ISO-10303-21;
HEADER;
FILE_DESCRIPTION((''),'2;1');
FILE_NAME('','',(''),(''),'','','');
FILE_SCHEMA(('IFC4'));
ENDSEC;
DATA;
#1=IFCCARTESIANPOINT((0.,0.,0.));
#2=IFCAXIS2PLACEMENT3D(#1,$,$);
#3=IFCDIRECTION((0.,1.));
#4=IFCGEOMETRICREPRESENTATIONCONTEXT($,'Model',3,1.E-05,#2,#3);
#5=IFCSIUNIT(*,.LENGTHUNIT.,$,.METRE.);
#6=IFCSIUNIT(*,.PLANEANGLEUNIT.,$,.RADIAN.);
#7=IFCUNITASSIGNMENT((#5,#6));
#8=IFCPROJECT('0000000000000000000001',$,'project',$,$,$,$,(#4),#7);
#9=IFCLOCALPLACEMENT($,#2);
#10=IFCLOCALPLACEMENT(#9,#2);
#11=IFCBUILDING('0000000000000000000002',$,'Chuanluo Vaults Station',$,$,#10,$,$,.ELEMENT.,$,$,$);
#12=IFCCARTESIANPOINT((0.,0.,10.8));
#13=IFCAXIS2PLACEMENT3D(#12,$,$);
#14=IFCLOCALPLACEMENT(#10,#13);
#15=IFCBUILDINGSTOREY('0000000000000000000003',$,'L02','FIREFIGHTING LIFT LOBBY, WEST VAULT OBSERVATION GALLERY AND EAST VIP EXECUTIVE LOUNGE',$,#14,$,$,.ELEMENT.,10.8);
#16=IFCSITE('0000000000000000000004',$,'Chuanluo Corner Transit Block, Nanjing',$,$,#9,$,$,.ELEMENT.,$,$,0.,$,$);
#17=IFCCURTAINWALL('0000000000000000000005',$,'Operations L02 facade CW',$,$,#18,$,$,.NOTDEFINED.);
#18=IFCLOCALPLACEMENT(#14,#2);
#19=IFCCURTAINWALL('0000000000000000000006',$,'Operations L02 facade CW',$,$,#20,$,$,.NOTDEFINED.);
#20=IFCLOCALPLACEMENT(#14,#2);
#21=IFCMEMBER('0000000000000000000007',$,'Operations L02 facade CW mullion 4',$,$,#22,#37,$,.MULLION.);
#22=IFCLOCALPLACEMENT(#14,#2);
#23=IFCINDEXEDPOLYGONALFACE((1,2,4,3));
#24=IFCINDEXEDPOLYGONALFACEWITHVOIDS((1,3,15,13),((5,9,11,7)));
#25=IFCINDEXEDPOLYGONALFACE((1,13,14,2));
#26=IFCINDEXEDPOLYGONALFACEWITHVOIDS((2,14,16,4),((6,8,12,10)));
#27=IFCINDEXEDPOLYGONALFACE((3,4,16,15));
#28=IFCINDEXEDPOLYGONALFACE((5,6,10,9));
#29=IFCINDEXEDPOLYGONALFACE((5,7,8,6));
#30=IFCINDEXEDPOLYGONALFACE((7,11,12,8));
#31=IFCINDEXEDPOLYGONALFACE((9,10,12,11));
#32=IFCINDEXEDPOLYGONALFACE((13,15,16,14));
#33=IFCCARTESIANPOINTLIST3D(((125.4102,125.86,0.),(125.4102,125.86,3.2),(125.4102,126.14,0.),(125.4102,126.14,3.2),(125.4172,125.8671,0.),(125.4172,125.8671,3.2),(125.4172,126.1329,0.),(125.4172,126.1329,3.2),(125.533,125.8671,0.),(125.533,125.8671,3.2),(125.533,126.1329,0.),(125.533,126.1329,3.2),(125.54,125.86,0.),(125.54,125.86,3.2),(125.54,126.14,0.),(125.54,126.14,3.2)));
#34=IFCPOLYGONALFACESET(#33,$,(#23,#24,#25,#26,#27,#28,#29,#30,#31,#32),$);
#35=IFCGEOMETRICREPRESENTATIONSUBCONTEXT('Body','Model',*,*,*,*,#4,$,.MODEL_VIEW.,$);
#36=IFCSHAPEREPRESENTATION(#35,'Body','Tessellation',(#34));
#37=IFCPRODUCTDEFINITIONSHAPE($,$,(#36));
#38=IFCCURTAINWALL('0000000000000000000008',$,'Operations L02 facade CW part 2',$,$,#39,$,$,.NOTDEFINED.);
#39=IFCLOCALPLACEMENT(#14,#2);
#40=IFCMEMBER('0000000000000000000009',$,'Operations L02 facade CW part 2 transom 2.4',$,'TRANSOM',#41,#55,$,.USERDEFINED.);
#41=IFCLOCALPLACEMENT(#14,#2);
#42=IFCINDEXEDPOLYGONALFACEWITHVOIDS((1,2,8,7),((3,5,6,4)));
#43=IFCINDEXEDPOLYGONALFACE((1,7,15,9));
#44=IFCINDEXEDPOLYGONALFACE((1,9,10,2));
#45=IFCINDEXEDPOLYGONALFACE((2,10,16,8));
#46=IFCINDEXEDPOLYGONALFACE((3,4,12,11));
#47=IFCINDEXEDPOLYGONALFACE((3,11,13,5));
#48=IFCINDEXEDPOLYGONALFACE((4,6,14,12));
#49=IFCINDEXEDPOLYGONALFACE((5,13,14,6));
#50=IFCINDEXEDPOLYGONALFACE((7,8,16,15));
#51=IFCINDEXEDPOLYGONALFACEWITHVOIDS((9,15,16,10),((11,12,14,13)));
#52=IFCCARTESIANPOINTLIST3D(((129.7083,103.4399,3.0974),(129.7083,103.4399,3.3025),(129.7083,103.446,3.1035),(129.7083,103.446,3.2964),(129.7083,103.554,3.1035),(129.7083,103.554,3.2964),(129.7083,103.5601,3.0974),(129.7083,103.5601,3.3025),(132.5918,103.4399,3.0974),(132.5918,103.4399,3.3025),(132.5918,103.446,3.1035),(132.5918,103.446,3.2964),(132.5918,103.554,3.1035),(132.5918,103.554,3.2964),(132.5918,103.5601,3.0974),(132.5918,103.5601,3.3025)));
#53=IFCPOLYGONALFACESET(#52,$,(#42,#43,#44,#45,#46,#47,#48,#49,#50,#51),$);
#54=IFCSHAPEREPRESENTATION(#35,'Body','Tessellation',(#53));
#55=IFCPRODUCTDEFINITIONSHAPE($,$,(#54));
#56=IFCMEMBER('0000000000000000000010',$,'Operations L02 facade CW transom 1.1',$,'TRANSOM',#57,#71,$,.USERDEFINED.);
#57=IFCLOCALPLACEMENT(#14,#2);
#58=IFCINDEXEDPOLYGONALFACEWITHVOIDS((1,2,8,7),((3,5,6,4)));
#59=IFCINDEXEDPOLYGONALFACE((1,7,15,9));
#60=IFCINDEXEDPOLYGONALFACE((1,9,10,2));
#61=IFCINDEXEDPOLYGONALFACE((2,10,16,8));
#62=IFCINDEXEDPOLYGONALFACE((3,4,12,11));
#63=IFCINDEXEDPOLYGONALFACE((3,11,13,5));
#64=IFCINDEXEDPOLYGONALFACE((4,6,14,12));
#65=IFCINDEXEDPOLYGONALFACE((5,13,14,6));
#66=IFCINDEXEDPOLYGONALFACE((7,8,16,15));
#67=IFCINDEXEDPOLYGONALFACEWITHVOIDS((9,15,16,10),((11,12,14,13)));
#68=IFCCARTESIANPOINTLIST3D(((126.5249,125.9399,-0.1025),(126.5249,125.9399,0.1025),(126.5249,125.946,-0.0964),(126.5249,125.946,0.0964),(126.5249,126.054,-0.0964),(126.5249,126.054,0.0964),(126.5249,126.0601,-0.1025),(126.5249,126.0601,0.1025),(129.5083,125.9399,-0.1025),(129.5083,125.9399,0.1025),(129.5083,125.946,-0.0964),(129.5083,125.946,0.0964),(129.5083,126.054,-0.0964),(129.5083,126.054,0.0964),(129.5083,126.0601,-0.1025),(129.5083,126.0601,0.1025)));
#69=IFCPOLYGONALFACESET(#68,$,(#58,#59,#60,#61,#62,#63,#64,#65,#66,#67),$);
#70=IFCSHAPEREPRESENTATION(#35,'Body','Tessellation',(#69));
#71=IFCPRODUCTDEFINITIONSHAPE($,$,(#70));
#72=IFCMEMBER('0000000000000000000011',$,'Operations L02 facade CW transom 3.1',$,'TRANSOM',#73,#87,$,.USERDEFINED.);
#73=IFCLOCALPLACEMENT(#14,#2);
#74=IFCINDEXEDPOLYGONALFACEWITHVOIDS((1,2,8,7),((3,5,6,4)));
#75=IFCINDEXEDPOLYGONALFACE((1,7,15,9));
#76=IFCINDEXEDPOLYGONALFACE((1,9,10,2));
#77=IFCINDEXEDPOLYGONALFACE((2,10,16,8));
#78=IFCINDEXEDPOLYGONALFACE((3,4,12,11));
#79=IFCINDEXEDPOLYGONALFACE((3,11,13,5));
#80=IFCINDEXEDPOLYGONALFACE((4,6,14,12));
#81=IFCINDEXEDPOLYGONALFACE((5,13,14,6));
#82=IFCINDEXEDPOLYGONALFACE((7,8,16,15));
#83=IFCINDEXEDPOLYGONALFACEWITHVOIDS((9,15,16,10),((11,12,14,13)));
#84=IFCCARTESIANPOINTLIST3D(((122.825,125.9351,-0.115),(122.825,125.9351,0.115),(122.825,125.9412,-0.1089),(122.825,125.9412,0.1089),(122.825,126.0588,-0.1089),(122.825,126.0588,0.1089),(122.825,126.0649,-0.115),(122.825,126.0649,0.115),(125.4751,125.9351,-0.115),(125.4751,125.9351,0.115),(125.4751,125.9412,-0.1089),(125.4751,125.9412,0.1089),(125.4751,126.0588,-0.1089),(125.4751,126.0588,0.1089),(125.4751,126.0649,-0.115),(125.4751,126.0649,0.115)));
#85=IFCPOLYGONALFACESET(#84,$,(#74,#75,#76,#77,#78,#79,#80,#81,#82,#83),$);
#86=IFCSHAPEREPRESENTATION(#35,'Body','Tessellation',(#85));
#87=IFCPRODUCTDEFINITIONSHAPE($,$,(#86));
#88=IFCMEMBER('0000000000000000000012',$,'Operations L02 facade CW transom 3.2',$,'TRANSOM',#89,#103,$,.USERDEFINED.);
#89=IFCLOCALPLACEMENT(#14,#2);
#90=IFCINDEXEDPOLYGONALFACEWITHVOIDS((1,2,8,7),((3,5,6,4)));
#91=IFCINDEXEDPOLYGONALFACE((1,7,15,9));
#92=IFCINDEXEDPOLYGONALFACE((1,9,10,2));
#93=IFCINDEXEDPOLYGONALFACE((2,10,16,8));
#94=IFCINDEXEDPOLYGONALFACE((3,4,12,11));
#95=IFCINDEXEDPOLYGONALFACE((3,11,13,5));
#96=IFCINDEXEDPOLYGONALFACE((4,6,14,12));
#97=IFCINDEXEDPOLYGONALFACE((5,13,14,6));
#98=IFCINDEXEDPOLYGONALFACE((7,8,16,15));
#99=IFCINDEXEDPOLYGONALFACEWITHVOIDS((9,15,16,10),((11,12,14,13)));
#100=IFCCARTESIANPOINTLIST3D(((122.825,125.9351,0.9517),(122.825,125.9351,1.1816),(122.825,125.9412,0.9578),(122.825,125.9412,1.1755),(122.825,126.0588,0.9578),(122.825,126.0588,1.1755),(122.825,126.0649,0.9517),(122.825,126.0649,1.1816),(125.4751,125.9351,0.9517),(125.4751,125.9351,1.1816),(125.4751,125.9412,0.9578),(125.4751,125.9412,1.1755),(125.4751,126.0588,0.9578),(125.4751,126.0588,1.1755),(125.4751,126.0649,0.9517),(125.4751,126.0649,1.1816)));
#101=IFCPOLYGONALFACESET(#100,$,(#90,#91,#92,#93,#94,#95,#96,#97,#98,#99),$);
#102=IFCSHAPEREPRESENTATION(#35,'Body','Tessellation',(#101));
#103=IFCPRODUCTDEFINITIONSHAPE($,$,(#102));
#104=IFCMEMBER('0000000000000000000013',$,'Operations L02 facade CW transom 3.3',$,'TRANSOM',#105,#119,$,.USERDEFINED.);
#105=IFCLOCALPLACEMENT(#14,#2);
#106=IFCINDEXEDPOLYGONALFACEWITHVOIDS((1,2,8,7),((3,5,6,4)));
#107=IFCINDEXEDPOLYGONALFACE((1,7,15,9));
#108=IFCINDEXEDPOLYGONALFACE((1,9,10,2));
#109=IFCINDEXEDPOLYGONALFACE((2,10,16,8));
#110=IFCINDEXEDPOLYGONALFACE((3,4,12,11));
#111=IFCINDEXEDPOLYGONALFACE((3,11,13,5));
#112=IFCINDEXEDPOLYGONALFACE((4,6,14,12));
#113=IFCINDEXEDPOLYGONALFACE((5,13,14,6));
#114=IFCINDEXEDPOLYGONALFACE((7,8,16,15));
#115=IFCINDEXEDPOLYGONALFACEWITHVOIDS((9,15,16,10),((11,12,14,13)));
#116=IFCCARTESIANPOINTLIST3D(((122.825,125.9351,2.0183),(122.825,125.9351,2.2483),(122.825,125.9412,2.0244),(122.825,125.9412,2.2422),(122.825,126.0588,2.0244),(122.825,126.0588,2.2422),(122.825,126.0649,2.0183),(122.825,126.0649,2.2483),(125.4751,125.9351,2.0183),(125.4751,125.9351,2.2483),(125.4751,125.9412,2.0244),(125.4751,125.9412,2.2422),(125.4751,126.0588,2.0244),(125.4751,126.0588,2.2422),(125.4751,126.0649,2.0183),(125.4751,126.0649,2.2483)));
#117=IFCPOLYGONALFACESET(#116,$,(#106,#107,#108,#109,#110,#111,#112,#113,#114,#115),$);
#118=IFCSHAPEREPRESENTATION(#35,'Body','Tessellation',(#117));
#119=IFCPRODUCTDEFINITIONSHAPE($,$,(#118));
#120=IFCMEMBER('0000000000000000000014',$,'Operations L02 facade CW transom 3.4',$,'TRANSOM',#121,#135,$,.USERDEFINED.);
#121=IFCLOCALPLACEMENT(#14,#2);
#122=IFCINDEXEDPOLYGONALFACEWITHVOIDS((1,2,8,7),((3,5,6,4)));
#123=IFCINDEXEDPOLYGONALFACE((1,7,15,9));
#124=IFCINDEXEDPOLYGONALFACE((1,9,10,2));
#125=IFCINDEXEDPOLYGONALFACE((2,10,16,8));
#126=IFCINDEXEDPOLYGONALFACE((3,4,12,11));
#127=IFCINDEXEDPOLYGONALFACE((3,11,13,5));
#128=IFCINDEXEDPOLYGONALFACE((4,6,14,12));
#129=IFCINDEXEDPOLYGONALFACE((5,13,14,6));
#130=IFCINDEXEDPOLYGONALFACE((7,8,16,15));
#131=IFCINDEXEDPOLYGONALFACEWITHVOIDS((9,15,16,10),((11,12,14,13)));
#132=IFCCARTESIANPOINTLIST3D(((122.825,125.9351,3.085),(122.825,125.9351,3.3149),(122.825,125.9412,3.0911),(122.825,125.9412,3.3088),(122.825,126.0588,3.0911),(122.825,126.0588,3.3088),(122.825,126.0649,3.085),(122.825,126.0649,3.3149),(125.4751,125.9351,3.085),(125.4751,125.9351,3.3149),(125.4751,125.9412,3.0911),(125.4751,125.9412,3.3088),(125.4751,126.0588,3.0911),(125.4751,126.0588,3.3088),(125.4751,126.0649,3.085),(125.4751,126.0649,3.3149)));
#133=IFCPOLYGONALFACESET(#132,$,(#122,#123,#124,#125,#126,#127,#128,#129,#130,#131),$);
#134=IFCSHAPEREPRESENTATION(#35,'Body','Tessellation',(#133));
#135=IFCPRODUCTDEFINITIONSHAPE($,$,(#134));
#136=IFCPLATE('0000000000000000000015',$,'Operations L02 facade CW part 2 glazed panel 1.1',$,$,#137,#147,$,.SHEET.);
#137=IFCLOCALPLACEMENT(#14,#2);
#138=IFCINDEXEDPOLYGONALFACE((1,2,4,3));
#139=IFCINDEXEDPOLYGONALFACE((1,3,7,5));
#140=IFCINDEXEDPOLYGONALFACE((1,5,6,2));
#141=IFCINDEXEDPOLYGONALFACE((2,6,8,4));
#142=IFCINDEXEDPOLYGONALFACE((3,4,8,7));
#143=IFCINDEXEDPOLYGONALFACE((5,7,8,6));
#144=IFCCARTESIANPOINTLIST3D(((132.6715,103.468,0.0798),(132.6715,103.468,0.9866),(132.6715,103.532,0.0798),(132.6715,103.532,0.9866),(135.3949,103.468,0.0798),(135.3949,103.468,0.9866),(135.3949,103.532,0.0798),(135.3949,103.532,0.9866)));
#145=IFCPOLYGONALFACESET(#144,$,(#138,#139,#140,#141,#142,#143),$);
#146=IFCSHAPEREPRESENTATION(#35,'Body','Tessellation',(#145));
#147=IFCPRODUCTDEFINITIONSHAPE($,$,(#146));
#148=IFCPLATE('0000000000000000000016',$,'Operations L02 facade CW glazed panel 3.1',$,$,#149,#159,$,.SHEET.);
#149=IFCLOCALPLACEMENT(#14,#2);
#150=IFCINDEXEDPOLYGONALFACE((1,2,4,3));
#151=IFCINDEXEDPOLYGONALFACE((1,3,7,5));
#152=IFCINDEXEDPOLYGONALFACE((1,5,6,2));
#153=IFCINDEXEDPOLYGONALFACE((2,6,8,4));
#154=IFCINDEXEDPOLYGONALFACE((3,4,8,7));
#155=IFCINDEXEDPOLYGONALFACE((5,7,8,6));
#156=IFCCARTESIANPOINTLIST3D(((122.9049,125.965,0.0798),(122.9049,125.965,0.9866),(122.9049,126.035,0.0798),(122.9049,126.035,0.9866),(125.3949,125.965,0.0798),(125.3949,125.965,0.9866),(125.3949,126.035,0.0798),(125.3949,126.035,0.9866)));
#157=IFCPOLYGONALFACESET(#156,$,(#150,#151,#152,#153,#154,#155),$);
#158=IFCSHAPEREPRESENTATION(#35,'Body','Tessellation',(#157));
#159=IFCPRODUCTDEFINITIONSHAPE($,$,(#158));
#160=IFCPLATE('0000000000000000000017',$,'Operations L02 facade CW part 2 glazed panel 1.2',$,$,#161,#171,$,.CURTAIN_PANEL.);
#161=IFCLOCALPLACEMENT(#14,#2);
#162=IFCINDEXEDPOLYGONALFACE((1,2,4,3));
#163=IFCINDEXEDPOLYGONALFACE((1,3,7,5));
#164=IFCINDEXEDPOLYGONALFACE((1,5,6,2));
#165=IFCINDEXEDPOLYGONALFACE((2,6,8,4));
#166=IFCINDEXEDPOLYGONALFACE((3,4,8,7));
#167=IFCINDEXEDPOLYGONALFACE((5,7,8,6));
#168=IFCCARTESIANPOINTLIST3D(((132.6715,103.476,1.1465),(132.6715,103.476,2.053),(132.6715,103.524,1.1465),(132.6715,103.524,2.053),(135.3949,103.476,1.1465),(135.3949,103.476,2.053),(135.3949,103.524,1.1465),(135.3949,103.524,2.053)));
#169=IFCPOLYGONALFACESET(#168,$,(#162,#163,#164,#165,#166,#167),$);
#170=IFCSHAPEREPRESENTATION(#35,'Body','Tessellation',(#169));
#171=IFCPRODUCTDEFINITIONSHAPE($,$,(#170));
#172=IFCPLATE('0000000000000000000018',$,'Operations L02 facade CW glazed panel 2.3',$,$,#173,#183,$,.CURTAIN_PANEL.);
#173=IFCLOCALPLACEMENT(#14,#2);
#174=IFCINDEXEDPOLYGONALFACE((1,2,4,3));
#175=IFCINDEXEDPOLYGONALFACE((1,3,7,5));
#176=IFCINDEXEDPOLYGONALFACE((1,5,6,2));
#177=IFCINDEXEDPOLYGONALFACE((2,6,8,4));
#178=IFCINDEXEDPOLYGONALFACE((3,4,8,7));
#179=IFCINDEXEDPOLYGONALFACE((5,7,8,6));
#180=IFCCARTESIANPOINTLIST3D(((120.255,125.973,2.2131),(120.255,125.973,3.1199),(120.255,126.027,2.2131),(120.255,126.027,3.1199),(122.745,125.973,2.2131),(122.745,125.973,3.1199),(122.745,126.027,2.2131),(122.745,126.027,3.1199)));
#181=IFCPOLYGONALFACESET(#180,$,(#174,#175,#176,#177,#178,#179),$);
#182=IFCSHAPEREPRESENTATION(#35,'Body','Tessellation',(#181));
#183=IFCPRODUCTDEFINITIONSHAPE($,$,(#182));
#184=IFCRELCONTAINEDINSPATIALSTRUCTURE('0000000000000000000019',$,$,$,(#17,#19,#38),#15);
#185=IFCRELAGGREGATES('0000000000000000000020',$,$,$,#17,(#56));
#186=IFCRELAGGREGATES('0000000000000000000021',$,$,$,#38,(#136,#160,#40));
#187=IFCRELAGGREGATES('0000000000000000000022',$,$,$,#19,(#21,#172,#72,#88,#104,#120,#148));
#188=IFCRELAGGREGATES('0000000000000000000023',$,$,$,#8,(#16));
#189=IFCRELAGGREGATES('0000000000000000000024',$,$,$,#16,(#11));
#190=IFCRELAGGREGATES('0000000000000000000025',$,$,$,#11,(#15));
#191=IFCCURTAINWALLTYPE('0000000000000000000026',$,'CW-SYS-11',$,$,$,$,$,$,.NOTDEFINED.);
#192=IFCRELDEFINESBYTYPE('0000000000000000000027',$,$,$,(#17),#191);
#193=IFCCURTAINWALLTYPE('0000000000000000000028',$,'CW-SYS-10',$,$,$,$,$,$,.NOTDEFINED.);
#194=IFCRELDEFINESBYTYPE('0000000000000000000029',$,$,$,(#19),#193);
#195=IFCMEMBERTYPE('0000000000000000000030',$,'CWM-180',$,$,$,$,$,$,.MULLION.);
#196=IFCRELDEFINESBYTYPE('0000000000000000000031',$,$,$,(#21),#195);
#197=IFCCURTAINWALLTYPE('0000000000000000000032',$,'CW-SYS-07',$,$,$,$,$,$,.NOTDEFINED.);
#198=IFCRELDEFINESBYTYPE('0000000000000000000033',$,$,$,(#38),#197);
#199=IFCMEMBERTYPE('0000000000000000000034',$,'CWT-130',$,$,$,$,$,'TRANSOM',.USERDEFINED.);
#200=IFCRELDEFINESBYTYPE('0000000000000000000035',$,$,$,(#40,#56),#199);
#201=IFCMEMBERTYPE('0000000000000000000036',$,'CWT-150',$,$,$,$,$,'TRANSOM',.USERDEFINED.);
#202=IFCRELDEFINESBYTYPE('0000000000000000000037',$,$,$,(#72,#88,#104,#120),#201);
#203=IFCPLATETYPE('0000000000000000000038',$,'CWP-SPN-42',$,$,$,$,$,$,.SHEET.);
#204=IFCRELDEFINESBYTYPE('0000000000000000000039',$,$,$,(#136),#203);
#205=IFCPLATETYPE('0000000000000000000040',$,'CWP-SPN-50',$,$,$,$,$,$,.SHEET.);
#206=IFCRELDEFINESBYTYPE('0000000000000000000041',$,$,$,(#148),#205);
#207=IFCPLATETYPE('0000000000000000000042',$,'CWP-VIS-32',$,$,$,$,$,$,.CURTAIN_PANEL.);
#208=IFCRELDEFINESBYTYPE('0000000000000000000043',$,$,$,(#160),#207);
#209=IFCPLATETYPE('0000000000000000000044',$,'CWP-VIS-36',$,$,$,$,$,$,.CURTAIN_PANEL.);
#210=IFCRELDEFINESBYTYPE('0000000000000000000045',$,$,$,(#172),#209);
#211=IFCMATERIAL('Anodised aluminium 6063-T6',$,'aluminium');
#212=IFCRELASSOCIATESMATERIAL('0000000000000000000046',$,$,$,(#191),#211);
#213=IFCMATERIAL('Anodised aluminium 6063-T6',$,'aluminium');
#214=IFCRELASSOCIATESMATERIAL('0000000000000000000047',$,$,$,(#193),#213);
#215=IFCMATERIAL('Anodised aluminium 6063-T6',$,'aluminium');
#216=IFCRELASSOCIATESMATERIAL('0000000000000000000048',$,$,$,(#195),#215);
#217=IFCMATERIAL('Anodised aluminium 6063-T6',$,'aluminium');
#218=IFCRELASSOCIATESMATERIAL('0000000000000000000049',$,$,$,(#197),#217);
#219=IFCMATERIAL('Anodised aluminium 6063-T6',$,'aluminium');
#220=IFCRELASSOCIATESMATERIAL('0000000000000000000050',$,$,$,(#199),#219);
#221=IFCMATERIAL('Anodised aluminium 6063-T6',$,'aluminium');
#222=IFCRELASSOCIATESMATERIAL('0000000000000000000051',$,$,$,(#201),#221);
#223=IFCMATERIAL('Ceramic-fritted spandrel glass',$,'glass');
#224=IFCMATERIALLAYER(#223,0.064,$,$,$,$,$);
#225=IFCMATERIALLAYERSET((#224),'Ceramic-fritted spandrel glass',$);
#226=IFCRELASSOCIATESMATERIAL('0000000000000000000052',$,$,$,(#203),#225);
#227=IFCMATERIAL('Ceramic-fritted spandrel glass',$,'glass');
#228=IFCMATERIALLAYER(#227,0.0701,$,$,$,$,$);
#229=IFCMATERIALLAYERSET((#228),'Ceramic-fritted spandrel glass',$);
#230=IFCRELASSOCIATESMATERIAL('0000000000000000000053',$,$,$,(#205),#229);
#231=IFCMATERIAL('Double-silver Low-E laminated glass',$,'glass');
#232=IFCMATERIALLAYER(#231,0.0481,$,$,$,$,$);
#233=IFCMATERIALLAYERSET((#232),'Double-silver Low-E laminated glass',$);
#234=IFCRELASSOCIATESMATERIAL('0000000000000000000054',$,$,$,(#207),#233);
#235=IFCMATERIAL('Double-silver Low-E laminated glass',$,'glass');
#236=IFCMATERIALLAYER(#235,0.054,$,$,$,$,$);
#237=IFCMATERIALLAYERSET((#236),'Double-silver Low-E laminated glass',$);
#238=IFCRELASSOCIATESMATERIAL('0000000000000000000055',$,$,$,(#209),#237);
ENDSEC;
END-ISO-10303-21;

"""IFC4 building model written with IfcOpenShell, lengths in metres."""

from ifc_helpers import new_model, si_unit, direction, frame, origin, origin_2d, place, context, subcontext, project, spatial, rectangle, hollow_rectangle, extrude, material, layer, layer_set, material_profile, profile_set, type_object, element, aggregate, save


model = new_model("IFC4")

# Units and contexts
model_context = context("Model", 3, precision=1e-05, world=origin(), true_north=direction((0.0, 1.0)))
body_context = subcontext(model_context, "Body", "Model", "MODEL_VIEW")
ifc_project = project(units=[si_unit("LENGTHUNIT", "METRE"), si_unit("PLANEANGLEUNIT", "RADIAN")], contexts=[model_context])

# Site, building, storey
site_placement = place(None, origin())
site = spatial("IfcSite", under=ifc_project, at=site_placement, Name="Chuanluo Corner Transit Block, Nanjing", CompositionType="ELEMENT", RefElevation=0.0)
building_placement = place(site_placement, origin())
building = spatial("IfcBuilding", under=site, at=building_placement, Name="Chuanluo Vaults Station", CompositionType="ELEMENT")
storey_placement = place(building_placement, frame((0.0, 0.0, 10.8)))
storey = spatial("IfcBuildingStorey", under=building, at=storey_placement, Name="L02", Description="FIREFIGHTING LIFT LOBBY, WEST VAULT OBSERVATION GALLERY AND EAST VIP EXECUTIVE LOUNGE", CompositionType="ELEMENT", Elevation=10.8)

# Curtain wall
ifc_material_1 = material(Name="Anodised aluminium 6063-T6", Category="aluminium")
curtain_wall_type_1 = type_object("IfcCurtainWallType", Name="CW-SYS-11", PredefinedType="NOTDEFINED", material=ifc_material_1)
curtain_wall_1_placement = place(storey_placement, origin())
curtain_wall_1 = element("IfcCurtainWall", 1, at=curtain_wall_1_placement, inside=storey, type_object=curtain_wall_type_1, Name="Operations L02 facade CW", PredefinedType="NOTDEFINED")

# Curtain wall, member
ifc_material_2 = material(Name="Anodised aluminium 6063-T6", Category="aluminium")
curtain_wall_type_2 = type_object("IfcCurtainWallType", Name="CW-SYS-10", PredefinedType="NOTDEFINED", material=ifc_material_2)
curtain_wall_2_placement = place(storey_placement, origin())
curtain_wall_2 = element("IfcCurtainWall", 2, at=curtain_wall_2_placement, inside=storey, type_object=curtain_wall_type_2, Name="Operations L02 facade CW", PredefinedType="NOTDEFINED")
ifc_material_3 = material(Name="Anodised aluminium 6063-T6", Category="aluminium")
ifc_material_profile_1 = material_profile(ifc_material_3, hollow_rectangle(XDim=0.1299, YDim=0.28, WallThickness=0.0071, at=origin_2d()))
ifc_profile_set_1 = profile_set([ifc_material_profile_1], Name="Anodised aluminium 6063-T6")
member_type_1 = type_object("IfcMemberType", Name="CWM-180", PredefinedType="MULLION", material=ifc_profile_set_1)
member_1_placement = place(storey_placement, frame((125.4751, 126.0, 0.0), z_axis=(0.0, 0.0, 1.0), x_axis=(1.0, 0.0, 0.0)))
member_1 = element("IfcMember", 3, at=member_1_placement, type_object=member_type_1, Name="Operations L02 facade CW mullion 4", PredefinedType="MULLION", context=body_context, shape_type="SweptSolid", body=[
    extrude(hollow_rectangle(XDim=0.1299, YDim=0.28, WallThickness=0.0071, at=origin_2d()), origin(), (0.0, 0.0, 1.0), 3.2),
])

# Curtain wall, member
ifc_material_4 = material(Name="Anodised aluminium 6063-T6", Category="aluminium")
curtain_wall_type_3 = type_object("IfcCurtainWallType", Name="CW-SYS-07", PredefinedType="NOTDEFINED", material=ifc_material_4)
curtain_wall_3_placement = place(storey_placement, origin())
curtain_wall_3 = element("IfcCurtainWall", 4, at=curtain_wall_3_placement, inside=storey, type_object=curtain_wall_type_3, Name="Operations L02 facade CW part 2", PredefinedType="NOTDEFINED")
ifc_material_5 = material(Name="Anodised aluminium 6063-T6", Category="aluminium")
ifc_material_profile_2 = material_profile(ifc_material_5, hollow_rectangle(XDim=0.1201, YDim=0.2051, WallThickness=0.0061, at=origin_2d()))
ifc_profile_set_2 = profile_set([ifc_material_profile_2], Name="Anodised aluminium 6063-T6")
member_type_2 = type_object("IfcMemberType", Name="CWT-130", ElementType="TRANSOM", PredefinedType="USERDEFINED", material=ifc_profile_set_2)
member_2_placement = place(storey_placement, frame((132.5918, 103.5, 3.2), z_axis=(-1.0, 0.0, 0.0), x_axis=(0.0, -1.0, 0.0)))
member_2 = element("IfcMember", 5, at=member_2_placement, type_object=member_type_2, Name="Operations L02 facade CW part 2 transom 2.4", ObjectType="TRANSOM", PredefinedType="USERDEFINED", context=body_context, shape_type="SweptSolid", body=[
    extrude(hollow_rectangle(XDim=0.1201, YDim=0.2051, WallThickness=0.0061, at=origin_2d()), origin(), (0.0, 0.0, 1.0), 2.8835),
])

# Members
member_3_placement = place(storey_placement, frame((126.5249, 126.0, 0.0), z_axis=(1.0, 0.0, 0.0), x_axis=(0.0, 1.0, 0.0)))
member_3 = element("IfcMember", 6, at=member_3_placement, type_object=member_type_2, Name="Operations L02 facade CW transom 1.1", ObjectType="TRANSOM", PredefinedType="USERDEFINED", context=body_context, shape_type="SweptSolid", body=[
    extrude(hollow_rectangle(XDim=0.1201, YDim=0.2051, WallThickness=0.0061, at=origin_2d()), origin(), (0.0, 0.0, 1.0), 2.9834),
])
aggregate(curtain_wall_1, [member_3])
ifc_material_6 = material(Name="Anodised aluminium 6063-T6", Category="aluminium")
ifc_material_profile_3 = material_profile(ifc_material_6, hollow_rectangle(XDim=0.1299, YDim=0.23, WallThickness=0.0061, at=origin_2d()))
ifc_profile_set_3 = profile_set([ifc_material_profile_3], Name="Anodised aluminium 6063-T6")
member_type_3 = type_object("IfcMemberType", Name="CWT-150", ElementType="TRANSOM", PredefinedType="USERDEFINED", material=ifc_profile_set_3)
member_4_placement = place(storey_placement, frame((122.825, 126.0, 0.0), z_axis=(1.0, 0.0, 0.0), x_axis=(0.0, 1.0, 0.0)))
member_4 = element("IfcMember", 7, at=member_4_placement, type_object=member_type_3, Name="Operations L02 facade CW transom 3.1", ObjectType="TRANSOM", PredefinedType="USERDEFINED", context=body_context, shape_type="SweptSolid", body=[
    extrude(hollow_rectangle(XDim=0.1299, YDim=0.23, WallThickness=0.0061, at=origin_2d()), origin(), (0.0, 0.0, 1.0), 2.6501),
])
member_5_placement = place(storey_placement, frame((122.825, 126.0, 1.0667), z_axis=(1.0, 0.0, 0.0), x_axis=(0.0, 1.0, 0.0)))
member_5 = element("IfcMember", 8, at=member_5_placement, type_object=member_type_3, Name="Operations L02 facade CW transom 3.2", ObjectType="TRANSOM", PredefinedType="USERDEFINED", context=body_context, shape_type="SweptSolid", body=[
    extrude(hollow_rectangle(XDim=0.1299, YDim=0.23, WallThickness=0.0061, at=origin_2d()), origin(), (0.0, 0.0, 1.0), 2.6501),
])
member_6_placement = place(storey_placement, frame((122.825, 126.0, 2.1333), z_axis=(1.0, 0.0, 0.0), x_axis=(0.0, 1.0, 0.0)))
member_6 = element("IfcMember", 9, at=member_6_placement, type_object=member_type_3, Name="Operations L02 facade CW transom 3.3", ObjectType="TRANSOM", PredefinedType="USERDEFINED", context=body_context, shape_type="SweptSolid", body=[
    extrude(hollow_rectangle(XDim=0.1299, YDim=0.23, WallThickness=0.0061, at=origin_2d()), origin(), (0.0, 0.0, 1.0), 2.6501),
])
member_7_placement = place(storey_placement, frame((122.825, 126.0, 3.2), z_axis=(1.0, 0.0, 0.0), x_axis=(0.0, 1.0, 0.0)))
member_7 = element("IfcMember", 10, at=member_7_placement, type_object=member_type_3, Name="Operations L02 facade CW transom 3.4", ObjectType="TRANSOM", PredefinedType="USERDEFINED", context=body_context, shape_type="SweptSolid", body=[
    extrude(hollow_rectangle(XDim=0.1299, YDim=0.23, WallThickness=0.0061, at=origin_2d()), origin(), (0.0, 0.0, 1.0), 2.6501),
])

# Plates
ifc_material_7 = material(Name="Ceramic-fritted spandrel glass", Category="glass")
ifc_layer_1 = layer(ifc_material_7, 0.064)
ifc_layer_set_1 = layer_set([ifc_layer_1], Name="Ceramic-fritted spandrel glass")
plate_type_1 = type_object("IfcPlateType", Name="CWP-SPN-42", PredefinedType="SHEET", material=ifc_layer_set_1)
plate_1_placement = place(storey_placement, frame((134.0332, 103.5, 0.0798), z_axis=(0.0, 0.0, 1.0), x_axis=(-1.0, 0.0, 0.0)))
plate_1 = element("IfcPlate", 11, at=plate_1_placement, type_object=plate_type_1, Name="Operations L02 facade CW part 2 glazed panel 1.1", PredefinedType="SHEET", context=body_context, shape_type="SweptSolid", body=[
    extrude(rectangle(XDim=2.7234, YDim=0.064, at=origin_2d()), origin(), (0.0, 0.0, 1.0), 0.9067),
])
ifc_material_8 = material(Name="Ceramic-fritted spandrel glass", Category="glass")
ifc_layer_2 = layer(ifc_material_8, 0.0701)
ifc_layer_set_2 = layer_set([ifc_layer_2], Name="Ceramic-fritted spandrel glass")
plate_type_2 = type_object("IfcPlateType", Name="CWP-SPN-50", PredefinedType="SHEET", material=ifc_layer_set_2)
plate_2_placement = place(storey_placement, frame((124.1499, 126.0, 0.0798), z_axis=(0.0, 0.0, 1.0), x_axis=(1.0, 0.0, 0.0)))
plate_2 = element("IfcPlate", 12, at=plate_2_placement, type_object=plate_type_2, Name="Operations L02 facade CW glazed panel 3.1", PredefinedType="SHEET", context=body_context, shape_type="SweptSolid", body=[
    extrude(rectangle(XDim=2.49, YDim=0.0701, at=origin_2d()), origin(), (0.0, 0.0, 1.0), 0.9067),
])
ifc_material_9 = material(Name="Double-silver Low-E laminated glass", Category="glass")
ifc_layer_3 = layer(ifc_material_9, 0.0481)
ifc_layer_set_3 = layer_set([ifc_layer_3], Name="Double-silver Low-E laminated glass")
plate_type_3 = type_object("IfcPlateType", Name="CWP-VIS-32", PredefinedType="CURTAIN_PANEL", material=ifc_layer_set_3)
plate_3_placement = place(storey_placement, frame((134.0332, 103.5, 1.1465), z_axis=(0.0, 0.0, 1.0), x_axis=(-1.0, 0.0, 0.0)))
plate_3 = element("IfcPlate", 13, at=plate_3_placement, type_object=plate_type_3, Name="Operations L02 facade CW part 2 glazed panel 1.2", PredefinedType="CURTAIN_PANEL", context=body_context, shape_type="SweptSolid", body=[
    extrude(rectangle(XDim=2.7234, YDim=0.0481, at=origin_2d()), origin(), (0.0, 0.0, 1.0), 0.9065),
])
aggregate(curtain_wall_3, [plate_1, plate_3, member_2])
ifc_material_10 = material(Name="Double-silver Low-E laminated glass", Category="glass")
ifc_layer_4 = layer(ifc_material_10, 0.054)
ifc_layer_set_4 = layer_set([ifc_layer_4], Name="Double-silver Low-E laminated glass")
plate_type_4 = type_object("IfcPlateType", Name="CWP-VIS-36", PredefinedType="CURTAIN_PANEL", material=ifc_layer_set_4)
plate_4_placement = place(storey_placement, frame((121.5, 126.0, 2.2131), z_axis=(0.0, 0.0, 1.0), x_axis=(1.0, 0.0, 0.0)))
plate_4 = element("IfcPlate", 14, at=plate_4_placement, type_object=plate_type_4, Name="Operations L02 facade CW glazed panel 2.3", PredefinedType="CURTAIN_PANEL", context=body_context, shape_type="SweptSolid", body=[
    extrude(rectangle(XDim=2.49, YDim=0.054, at=origin_2d()), origin(), (0.0, 0.0, 1.0), 0.9067),
])
aggregate(curtain_wall_2, [member_1, plate_4, member_4, member_5, member_6, member_7, plate_2])

save(model, "model.ifc")
